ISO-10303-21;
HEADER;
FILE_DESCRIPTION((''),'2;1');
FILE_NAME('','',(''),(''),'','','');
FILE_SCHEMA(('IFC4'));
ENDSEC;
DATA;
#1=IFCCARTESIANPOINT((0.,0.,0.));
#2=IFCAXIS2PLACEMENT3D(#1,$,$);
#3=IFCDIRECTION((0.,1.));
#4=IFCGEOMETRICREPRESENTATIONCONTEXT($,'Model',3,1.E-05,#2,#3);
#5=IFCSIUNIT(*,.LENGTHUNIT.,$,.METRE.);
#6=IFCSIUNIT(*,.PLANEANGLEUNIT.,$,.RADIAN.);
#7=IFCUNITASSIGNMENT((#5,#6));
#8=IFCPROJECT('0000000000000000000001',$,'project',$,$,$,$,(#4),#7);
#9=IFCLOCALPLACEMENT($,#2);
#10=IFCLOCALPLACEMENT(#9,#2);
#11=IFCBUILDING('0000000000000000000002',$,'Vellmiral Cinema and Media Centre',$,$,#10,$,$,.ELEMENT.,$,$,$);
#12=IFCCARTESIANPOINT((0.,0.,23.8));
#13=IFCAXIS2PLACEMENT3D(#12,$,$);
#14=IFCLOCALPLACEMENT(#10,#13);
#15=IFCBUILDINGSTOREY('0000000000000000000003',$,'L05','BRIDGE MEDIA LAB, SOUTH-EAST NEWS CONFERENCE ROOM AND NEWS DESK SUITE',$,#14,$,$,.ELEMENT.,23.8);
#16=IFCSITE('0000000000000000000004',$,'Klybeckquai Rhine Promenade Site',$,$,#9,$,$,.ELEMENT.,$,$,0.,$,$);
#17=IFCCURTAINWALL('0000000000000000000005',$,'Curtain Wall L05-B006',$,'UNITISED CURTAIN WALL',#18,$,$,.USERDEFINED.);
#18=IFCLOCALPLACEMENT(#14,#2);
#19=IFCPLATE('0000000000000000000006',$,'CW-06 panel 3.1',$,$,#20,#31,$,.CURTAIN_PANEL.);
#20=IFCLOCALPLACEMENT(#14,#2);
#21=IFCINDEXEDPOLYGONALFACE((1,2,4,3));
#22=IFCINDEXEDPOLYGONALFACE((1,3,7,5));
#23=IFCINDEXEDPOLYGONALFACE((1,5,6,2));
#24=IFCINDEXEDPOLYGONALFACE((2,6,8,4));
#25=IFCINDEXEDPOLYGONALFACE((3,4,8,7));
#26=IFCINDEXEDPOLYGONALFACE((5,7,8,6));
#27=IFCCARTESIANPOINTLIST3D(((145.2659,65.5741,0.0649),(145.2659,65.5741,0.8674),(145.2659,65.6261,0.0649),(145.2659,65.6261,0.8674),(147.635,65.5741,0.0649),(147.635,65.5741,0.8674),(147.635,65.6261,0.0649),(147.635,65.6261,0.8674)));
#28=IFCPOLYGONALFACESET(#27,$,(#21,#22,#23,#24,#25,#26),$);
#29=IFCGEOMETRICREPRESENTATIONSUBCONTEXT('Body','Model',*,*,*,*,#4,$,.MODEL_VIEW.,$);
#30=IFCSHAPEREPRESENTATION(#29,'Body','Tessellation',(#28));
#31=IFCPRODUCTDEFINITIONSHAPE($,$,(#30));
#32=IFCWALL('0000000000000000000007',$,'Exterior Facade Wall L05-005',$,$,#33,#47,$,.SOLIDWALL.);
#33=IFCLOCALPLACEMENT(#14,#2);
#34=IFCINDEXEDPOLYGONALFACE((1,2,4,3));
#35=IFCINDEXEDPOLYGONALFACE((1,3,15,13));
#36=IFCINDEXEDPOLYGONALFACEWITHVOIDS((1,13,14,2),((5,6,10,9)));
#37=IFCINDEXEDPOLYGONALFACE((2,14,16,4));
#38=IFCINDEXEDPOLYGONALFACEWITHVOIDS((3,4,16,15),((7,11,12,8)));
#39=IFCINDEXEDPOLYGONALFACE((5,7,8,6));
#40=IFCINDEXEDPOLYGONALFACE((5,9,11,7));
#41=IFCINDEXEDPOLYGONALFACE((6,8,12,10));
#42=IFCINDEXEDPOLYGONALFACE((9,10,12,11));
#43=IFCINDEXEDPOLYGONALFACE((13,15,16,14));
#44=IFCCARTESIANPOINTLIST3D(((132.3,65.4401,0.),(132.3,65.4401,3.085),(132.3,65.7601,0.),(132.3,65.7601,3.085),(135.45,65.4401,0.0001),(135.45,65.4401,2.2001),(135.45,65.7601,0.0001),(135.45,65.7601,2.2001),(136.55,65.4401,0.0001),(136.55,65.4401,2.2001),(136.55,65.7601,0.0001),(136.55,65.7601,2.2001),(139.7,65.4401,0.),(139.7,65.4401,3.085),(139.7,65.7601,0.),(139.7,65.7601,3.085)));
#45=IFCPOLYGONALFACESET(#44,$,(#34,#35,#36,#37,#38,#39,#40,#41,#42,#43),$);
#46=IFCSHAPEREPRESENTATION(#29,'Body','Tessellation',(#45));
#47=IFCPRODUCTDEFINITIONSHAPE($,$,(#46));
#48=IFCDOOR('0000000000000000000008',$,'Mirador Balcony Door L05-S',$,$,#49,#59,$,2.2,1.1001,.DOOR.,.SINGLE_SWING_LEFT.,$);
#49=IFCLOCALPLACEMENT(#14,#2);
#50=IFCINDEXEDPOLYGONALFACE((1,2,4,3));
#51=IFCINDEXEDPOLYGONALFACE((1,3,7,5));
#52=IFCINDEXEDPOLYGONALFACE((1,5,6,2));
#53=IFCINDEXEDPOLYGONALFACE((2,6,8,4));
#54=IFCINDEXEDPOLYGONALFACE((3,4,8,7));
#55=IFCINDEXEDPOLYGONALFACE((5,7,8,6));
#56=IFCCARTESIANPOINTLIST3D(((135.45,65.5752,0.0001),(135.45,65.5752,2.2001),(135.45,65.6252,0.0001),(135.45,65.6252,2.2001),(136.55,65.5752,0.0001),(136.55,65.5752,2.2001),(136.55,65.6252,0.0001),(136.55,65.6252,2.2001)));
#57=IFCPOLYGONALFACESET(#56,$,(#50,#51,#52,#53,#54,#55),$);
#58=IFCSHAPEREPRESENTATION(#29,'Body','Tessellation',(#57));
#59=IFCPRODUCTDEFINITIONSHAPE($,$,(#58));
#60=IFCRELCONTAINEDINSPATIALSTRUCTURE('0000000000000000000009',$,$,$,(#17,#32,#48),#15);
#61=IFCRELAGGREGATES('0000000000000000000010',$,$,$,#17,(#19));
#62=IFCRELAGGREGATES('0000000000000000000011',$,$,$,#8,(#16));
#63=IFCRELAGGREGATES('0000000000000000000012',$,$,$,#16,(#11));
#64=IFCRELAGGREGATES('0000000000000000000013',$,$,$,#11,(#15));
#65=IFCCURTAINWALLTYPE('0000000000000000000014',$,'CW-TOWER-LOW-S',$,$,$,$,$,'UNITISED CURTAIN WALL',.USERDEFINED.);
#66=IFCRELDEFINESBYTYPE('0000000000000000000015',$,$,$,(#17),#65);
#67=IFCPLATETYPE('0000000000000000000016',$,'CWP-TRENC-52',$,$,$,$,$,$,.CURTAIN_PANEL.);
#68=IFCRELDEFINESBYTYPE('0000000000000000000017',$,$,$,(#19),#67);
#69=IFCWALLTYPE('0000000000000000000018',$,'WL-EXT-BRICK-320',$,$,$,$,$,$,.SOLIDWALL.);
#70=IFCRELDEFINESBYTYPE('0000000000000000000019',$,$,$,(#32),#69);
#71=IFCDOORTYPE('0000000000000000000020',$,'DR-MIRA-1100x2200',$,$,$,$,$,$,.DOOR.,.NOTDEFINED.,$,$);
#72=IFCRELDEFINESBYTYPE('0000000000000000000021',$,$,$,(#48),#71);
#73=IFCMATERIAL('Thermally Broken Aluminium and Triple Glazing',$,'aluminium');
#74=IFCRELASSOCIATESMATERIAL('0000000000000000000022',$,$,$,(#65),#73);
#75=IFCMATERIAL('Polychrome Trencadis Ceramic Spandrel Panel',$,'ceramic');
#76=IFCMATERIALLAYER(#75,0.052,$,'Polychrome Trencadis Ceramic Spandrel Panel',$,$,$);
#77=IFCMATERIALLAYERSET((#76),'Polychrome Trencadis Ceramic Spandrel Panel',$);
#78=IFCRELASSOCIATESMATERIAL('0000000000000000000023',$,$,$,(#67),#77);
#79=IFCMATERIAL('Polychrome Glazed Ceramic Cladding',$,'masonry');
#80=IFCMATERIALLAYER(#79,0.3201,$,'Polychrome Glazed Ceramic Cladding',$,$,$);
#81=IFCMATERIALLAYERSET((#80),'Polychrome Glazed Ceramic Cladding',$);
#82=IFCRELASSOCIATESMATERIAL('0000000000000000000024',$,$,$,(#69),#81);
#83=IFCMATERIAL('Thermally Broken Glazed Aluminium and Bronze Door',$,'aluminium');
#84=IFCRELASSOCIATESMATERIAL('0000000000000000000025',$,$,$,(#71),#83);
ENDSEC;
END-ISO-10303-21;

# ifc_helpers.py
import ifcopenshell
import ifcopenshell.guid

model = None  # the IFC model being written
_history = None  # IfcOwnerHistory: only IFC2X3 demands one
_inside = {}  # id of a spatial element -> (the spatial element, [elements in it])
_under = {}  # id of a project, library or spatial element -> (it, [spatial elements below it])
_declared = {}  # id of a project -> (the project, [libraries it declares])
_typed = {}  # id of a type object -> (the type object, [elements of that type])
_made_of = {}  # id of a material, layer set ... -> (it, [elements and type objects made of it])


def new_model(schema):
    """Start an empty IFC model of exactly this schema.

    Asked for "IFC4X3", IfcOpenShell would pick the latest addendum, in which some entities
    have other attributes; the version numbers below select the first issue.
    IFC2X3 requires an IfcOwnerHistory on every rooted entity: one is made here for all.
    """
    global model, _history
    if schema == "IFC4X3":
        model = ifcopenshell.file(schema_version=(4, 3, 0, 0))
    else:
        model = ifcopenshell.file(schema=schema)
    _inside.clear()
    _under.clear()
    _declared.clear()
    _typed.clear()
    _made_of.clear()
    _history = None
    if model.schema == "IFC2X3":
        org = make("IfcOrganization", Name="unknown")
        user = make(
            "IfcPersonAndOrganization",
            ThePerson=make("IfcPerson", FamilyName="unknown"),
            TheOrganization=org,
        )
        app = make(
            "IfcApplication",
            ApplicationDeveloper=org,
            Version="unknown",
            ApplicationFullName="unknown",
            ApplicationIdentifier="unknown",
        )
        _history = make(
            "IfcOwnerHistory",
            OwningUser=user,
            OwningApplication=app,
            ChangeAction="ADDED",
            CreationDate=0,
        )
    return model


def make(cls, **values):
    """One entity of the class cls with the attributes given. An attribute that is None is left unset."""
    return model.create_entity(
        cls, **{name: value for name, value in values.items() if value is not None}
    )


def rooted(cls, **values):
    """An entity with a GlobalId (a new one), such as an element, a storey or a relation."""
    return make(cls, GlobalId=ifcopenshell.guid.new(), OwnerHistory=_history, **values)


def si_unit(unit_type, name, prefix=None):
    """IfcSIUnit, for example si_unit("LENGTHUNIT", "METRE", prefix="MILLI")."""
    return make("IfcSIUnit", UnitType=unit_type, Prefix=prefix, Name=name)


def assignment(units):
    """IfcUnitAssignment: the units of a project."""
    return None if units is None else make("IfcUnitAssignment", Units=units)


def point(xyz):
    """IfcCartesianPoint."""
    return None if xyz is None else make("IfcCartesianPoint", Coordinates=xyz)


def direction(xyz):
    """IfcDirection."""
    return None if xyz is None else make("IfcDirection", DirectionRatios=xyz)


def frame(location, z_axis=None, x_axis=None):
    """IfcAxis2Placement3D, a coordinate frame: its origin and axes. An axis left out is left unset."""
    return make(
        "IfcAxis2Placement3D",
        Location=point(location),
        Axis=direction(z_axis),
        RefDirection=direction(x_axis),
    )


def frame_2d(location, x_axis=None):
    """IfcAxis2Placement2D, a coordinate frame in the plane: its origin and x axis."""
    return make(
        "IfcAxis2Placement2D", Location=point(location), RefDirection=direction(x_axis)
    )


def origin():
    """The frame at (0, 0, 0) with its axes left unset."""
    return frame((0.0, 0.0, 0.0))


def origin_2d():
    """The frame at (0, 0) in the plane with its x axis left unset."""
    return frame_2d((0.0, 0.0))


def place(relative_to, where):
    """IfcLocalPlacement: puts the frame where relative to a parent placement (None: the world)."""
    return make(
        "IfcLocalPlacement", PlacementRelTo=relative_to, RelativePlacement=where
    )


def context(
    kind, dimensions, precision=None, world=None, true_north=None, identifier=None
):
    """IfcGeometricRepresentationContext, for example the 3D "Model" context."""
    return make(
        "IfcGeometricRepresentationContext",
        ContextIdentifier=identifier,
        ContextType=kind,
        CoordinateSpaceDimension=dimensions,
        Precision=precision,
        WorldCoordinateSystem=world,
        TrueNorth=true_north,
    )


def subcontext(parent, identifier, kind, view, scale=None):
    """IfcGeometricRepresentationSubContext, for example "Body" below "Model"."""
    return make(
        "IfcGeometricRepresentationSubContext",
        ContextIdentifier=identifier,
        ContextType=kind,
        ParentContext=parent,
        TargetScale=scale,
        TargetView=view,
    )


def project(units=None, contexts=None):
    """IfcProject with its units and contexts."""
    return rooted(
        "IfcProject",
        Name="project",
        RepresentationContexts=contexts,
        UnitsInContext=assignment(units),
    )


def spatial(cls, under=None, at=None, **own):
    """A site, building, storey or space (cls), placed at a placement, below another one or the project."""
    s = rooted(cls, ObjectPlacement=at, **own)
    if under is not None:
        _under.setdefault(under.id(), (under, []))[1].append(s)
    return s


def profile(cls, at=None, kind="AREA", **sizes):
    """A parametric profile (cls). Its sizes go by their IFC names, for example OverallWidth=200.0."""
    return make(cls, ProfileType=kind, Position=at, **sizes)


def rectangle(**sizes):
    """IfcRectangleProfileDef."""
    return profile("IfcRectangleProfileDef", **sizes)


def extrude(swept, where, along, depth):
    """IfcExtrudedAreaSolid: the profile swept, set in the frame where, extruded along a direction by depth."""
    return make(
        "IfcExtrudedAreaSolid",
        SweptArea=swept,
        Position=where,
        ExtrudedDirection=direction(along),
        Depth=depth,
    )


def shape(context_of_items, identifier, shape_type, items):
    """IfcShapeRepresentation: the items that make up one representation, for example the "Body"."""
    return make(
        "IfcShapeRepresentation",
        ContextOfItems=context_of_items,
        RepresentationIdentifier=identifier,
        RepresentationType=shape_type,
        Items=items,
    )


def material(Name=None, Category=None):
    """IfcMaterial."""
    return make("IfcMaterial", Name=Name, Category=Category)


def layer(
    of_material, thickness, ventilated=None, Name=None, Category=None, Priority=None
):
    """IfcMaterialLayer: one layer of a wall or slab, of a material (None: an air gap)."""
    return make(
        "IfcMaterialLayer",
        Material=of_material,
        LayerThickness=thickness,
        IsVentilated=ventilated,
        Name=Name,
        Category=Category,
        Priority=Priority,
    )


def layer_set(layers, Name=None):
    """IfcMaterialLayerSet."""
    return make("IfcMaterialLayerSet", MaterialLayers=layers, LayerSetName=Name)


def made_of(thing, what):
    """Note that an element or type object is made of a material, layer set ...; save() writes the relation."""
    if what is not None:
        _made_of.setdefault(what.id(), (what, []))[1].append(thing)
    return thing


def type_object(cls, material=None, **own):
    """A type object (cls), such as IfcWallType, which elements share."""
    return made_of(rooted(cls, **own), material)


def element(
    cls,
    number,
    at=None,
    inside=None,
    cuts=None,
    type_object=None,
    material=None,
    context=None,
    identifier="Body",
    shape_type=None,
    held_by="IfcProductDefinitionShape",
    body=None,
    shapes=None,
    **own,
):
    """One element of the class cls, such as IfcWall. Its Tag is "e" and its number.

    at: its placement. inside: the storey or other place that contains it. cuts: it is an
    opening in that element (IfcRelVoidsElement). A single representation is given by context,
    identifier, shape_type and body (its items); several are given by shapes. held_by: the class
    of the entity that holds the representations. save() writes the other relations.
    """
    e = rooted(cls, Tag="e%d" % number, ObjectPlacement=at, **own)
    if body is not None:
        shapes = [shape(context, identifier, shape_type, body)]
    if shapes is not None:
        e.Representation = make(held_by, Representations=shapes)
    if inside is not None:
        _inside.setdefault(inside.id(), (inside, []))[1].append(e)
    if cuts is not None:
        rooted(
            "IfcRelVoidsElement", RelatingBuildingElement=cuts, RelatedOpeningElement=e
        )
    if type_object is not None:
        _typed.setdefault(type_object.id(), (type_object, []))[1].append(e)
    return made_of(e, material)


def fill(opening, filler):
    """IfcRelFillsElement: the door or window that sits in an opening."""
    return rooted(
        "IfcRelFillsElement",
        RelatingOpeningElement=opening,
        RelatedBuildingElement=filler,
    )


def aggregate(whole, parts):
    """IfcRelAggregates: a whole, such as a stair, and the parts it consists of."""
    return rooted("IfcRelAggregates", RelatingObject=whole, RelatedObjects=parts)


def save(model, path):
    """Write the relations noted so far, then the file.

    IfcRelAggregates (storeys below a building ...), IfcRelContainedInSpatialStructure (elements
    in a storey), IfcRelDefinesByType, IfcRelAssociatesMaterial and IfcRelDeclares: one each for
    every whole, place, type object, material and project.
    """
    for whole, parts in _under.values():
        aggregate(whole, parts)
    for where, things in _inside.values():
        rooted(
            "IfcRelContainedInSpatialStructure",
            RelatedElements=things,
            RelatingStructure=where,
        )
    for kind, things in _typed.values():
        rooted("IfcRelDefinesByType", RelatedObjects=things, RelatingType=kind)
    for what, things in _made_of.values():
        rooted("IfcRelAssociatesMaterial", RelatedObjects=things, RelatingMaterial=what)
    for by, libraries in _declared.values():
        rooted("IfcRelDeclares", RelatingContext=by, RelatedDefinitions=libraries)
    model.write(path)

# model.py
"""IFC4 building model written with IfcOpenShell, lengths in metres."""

from ifc_helpers import new_model, si_unit, direction, frame, frame_2d, origin, origin_2d, place, context, subcontext, project, spatial, rectangle, extrude, material, layer, layer_set, type_object, element, fill, aggregate, save


model = new_model("IFC4")

# Units and contexts
model_context = context("Model", 3, precision=1e-05, world=origin(), true_north=direction((0.0, 1.0)))
body_context = subcontext(model_context, "Body", "Model", "MODEL_VIEW")
ifc_project = project(units=[si_unit("LENGTHUNIT", "METRE"), si_unit("PLANEANGLEUNIT", "RADIAN")], contexts=[model_context])

# Site, building, storey
site_placement = place(None, origin())
site = spatial("IfcSite", under=ifc_project, at=site_placement, Name="Klybeckquai Rhine Promenade Site", CompositionType="ELEMENT", RefElevation=0.0)
building_placement = place(site_placement, origin())
building = spatial("IfcBuilding", under=site, at=building_placement, Name="Vellmiral Cinema and Media Centre", CompositionType="ELEMENT")
storey_placement = place(building_placement, frame((0.0, 0.0, 23.8)))
storey = spatial("IfcBuildingStorey", under=building, at=storey_placement, Name="L05", Description="BRIDGE MEDIA LAB, SOUTH-EAST NEWS CONFERENCE ROOM AND NEWS DESK SUITE", CompositionType="ELEMENT", Elevation=23.8)

# Shared definitions
ifc_material_1 = material(Name="Thermally Broken Aluminium and Triple Glazing", Category="aluminium")
curtain_wall_type = type_object("IfcCurtainWallType", Name="CW-TOWER-LOW-S", ElementType="UNITISED CURTAIN WALL", PredefinedType="USERDEFINED", material=ifc_material_1)

# Curtain wall
curtain_wall_1_placement = place(storey_placement, origin())
curtain_wall_1 = element("IfcCurtainWall", 1, at=curtain_wall_1_placement, inside=storey, type_object=curtain_wall_type, Name="Curtain Wall L05-B006", ObjectType="UNITISED CURTAIN WALL", PredefinedType="USERDEFINED")

# Plate
ifc_material_2 = material(Name="Polychrome Trencadis Ceramic Spandrel Panel", Category="ceramic")
ifc_layer_1 = layer(ifc_material_2, 0.052, Name="Polychrome Trencadis Ceramic Spandrel Panel")
ifc_layer_set_1 = layer_set([ifc_layer_1], Name="Polychrome Trencadis Ceramic Spandrel Panel")
plate_type_1 = type_object("IfcPlateType", Name="CWP-TRENC-52", PredefinedType="CURTAIN_PANEL", material=ifc_layer_set_1)
plate_1_placement = place(storey_placement, frame((146.4504, 65.6001, 0.0649), z_axis=(0.0, 0.0, 1.0), x_axis=(1.0, 0.0, 0.0)))
plate_1 = element("IfcPlate", 2, at=plate_1_placement, type_object=plate_type_1, Name="CW-06 panel 3.1", PredefinedType="CURTAIN_PANEL", context=body_context, shape_type="SweptSolid", body=[
    extrude(rectangle(XDim=2.3691, YDim=0.052, at=origin_2d()), origin(), (0.0, 0.0, 1.0), 0.8025),
])
aggregate(curtain_wall_1, [plate_1])

# Wall, opening, door
ifc_material_3 = material(Name="Polychrome Glazed Ceramic Cladding", Category="masonry")
ifc_layer_2 = layer(ifc_material_3, 0.3201, Name="Polychrome Glazed Ceramic Cladding")
ifc_layer_set_2 = layer_set([ifc_layer_2], Name="Polychrome Glazed Ceramic Cladding")
wall_type = type_object("IfcWallType", Name="WL-EXT-BRICK-320", PredefinedType="SOLIDWALL", material=ifc_layer_set_2)
wall_placement = place(storey_placement, frame((132.3, 65.6001, 0.0), z_axis=(0.0, 0.0, 1.0), x_axis=(1.0, 0.0, 0.0)))
wall = element("IfcWall", 3, at=wall_placement, inside=storey, type_object=wall_type, Name="Exterior Facade Wall L05-005", PredefinedType="SOLIDWALL", context=body_context, shape_type="SweptSolid", body=[
    extrude(rectangle(XDim=7.3999, YDim=0.3201, at=frame_2d((3.7, 0.0))), origin(), (0.0, 0.0, 1.0), 3.085),
])
opening_placement = place(wall_placement, frame((3.1499, 0.0, 0.0)))
opening = element("IfcOpeningElement", 4, at=opening_placement, cuts=wall, PredefinedType="OPENING", context=body_context, shape_type="SweptSolid", body=[
    extrude(rectangle(XDim=1.1001, YDim=2.2, at=frame_2d((0.55, 1.1001))), frame((0.0, 0.1719, 0.0), z_axis=(0.0, -1.0, 0.0), x_axis=(1.0, 0.0, 0.0)), (0.0, 0.0, 1.0), 0.344),
])
ifc_material_4 = material(Name="Thermally Broken Glazed Aluminium and Bronze Door", Category="aluminium")
door_type = type_object("IfcDoorType", Name="DR-MIRA-1100x2200", OperationType="NOTDEFINED", PredefinedType="DOOR", material=ifc_material_4)
door_placement = place(opening_placement, frame((1.1001, 0.0, 0.0), z_axis=(0.0, 0.0, 1.0), x_axis=(-1.0, 0.0, 0.0)))
door = element("IfcDoor", 5, at=door_placement, inside=storey, type_object=door_type, Name="Mirador Balcony Door L05-S", OperationType="SINGLE_SWING_LEFT", OverallHeight=2.2, OverallWidth=1.1001, PredefinedType="DOOR", context=body_context, shape_type="SweptSolid", body=[
    extrude(rectangle(XDim=1.1001, YDim=2.2, at=frame_2d((0.55, 1.1001))), frame((0.0, 0.0249, 0.0), z_axis=(0.0, -1.0, 0.0), x_axis=(1.0, 0.0, 0.0)), (0.0, 0.0, 1.0), 0.05),
])
fill(opening, door)

save(model, "model.ifc")
